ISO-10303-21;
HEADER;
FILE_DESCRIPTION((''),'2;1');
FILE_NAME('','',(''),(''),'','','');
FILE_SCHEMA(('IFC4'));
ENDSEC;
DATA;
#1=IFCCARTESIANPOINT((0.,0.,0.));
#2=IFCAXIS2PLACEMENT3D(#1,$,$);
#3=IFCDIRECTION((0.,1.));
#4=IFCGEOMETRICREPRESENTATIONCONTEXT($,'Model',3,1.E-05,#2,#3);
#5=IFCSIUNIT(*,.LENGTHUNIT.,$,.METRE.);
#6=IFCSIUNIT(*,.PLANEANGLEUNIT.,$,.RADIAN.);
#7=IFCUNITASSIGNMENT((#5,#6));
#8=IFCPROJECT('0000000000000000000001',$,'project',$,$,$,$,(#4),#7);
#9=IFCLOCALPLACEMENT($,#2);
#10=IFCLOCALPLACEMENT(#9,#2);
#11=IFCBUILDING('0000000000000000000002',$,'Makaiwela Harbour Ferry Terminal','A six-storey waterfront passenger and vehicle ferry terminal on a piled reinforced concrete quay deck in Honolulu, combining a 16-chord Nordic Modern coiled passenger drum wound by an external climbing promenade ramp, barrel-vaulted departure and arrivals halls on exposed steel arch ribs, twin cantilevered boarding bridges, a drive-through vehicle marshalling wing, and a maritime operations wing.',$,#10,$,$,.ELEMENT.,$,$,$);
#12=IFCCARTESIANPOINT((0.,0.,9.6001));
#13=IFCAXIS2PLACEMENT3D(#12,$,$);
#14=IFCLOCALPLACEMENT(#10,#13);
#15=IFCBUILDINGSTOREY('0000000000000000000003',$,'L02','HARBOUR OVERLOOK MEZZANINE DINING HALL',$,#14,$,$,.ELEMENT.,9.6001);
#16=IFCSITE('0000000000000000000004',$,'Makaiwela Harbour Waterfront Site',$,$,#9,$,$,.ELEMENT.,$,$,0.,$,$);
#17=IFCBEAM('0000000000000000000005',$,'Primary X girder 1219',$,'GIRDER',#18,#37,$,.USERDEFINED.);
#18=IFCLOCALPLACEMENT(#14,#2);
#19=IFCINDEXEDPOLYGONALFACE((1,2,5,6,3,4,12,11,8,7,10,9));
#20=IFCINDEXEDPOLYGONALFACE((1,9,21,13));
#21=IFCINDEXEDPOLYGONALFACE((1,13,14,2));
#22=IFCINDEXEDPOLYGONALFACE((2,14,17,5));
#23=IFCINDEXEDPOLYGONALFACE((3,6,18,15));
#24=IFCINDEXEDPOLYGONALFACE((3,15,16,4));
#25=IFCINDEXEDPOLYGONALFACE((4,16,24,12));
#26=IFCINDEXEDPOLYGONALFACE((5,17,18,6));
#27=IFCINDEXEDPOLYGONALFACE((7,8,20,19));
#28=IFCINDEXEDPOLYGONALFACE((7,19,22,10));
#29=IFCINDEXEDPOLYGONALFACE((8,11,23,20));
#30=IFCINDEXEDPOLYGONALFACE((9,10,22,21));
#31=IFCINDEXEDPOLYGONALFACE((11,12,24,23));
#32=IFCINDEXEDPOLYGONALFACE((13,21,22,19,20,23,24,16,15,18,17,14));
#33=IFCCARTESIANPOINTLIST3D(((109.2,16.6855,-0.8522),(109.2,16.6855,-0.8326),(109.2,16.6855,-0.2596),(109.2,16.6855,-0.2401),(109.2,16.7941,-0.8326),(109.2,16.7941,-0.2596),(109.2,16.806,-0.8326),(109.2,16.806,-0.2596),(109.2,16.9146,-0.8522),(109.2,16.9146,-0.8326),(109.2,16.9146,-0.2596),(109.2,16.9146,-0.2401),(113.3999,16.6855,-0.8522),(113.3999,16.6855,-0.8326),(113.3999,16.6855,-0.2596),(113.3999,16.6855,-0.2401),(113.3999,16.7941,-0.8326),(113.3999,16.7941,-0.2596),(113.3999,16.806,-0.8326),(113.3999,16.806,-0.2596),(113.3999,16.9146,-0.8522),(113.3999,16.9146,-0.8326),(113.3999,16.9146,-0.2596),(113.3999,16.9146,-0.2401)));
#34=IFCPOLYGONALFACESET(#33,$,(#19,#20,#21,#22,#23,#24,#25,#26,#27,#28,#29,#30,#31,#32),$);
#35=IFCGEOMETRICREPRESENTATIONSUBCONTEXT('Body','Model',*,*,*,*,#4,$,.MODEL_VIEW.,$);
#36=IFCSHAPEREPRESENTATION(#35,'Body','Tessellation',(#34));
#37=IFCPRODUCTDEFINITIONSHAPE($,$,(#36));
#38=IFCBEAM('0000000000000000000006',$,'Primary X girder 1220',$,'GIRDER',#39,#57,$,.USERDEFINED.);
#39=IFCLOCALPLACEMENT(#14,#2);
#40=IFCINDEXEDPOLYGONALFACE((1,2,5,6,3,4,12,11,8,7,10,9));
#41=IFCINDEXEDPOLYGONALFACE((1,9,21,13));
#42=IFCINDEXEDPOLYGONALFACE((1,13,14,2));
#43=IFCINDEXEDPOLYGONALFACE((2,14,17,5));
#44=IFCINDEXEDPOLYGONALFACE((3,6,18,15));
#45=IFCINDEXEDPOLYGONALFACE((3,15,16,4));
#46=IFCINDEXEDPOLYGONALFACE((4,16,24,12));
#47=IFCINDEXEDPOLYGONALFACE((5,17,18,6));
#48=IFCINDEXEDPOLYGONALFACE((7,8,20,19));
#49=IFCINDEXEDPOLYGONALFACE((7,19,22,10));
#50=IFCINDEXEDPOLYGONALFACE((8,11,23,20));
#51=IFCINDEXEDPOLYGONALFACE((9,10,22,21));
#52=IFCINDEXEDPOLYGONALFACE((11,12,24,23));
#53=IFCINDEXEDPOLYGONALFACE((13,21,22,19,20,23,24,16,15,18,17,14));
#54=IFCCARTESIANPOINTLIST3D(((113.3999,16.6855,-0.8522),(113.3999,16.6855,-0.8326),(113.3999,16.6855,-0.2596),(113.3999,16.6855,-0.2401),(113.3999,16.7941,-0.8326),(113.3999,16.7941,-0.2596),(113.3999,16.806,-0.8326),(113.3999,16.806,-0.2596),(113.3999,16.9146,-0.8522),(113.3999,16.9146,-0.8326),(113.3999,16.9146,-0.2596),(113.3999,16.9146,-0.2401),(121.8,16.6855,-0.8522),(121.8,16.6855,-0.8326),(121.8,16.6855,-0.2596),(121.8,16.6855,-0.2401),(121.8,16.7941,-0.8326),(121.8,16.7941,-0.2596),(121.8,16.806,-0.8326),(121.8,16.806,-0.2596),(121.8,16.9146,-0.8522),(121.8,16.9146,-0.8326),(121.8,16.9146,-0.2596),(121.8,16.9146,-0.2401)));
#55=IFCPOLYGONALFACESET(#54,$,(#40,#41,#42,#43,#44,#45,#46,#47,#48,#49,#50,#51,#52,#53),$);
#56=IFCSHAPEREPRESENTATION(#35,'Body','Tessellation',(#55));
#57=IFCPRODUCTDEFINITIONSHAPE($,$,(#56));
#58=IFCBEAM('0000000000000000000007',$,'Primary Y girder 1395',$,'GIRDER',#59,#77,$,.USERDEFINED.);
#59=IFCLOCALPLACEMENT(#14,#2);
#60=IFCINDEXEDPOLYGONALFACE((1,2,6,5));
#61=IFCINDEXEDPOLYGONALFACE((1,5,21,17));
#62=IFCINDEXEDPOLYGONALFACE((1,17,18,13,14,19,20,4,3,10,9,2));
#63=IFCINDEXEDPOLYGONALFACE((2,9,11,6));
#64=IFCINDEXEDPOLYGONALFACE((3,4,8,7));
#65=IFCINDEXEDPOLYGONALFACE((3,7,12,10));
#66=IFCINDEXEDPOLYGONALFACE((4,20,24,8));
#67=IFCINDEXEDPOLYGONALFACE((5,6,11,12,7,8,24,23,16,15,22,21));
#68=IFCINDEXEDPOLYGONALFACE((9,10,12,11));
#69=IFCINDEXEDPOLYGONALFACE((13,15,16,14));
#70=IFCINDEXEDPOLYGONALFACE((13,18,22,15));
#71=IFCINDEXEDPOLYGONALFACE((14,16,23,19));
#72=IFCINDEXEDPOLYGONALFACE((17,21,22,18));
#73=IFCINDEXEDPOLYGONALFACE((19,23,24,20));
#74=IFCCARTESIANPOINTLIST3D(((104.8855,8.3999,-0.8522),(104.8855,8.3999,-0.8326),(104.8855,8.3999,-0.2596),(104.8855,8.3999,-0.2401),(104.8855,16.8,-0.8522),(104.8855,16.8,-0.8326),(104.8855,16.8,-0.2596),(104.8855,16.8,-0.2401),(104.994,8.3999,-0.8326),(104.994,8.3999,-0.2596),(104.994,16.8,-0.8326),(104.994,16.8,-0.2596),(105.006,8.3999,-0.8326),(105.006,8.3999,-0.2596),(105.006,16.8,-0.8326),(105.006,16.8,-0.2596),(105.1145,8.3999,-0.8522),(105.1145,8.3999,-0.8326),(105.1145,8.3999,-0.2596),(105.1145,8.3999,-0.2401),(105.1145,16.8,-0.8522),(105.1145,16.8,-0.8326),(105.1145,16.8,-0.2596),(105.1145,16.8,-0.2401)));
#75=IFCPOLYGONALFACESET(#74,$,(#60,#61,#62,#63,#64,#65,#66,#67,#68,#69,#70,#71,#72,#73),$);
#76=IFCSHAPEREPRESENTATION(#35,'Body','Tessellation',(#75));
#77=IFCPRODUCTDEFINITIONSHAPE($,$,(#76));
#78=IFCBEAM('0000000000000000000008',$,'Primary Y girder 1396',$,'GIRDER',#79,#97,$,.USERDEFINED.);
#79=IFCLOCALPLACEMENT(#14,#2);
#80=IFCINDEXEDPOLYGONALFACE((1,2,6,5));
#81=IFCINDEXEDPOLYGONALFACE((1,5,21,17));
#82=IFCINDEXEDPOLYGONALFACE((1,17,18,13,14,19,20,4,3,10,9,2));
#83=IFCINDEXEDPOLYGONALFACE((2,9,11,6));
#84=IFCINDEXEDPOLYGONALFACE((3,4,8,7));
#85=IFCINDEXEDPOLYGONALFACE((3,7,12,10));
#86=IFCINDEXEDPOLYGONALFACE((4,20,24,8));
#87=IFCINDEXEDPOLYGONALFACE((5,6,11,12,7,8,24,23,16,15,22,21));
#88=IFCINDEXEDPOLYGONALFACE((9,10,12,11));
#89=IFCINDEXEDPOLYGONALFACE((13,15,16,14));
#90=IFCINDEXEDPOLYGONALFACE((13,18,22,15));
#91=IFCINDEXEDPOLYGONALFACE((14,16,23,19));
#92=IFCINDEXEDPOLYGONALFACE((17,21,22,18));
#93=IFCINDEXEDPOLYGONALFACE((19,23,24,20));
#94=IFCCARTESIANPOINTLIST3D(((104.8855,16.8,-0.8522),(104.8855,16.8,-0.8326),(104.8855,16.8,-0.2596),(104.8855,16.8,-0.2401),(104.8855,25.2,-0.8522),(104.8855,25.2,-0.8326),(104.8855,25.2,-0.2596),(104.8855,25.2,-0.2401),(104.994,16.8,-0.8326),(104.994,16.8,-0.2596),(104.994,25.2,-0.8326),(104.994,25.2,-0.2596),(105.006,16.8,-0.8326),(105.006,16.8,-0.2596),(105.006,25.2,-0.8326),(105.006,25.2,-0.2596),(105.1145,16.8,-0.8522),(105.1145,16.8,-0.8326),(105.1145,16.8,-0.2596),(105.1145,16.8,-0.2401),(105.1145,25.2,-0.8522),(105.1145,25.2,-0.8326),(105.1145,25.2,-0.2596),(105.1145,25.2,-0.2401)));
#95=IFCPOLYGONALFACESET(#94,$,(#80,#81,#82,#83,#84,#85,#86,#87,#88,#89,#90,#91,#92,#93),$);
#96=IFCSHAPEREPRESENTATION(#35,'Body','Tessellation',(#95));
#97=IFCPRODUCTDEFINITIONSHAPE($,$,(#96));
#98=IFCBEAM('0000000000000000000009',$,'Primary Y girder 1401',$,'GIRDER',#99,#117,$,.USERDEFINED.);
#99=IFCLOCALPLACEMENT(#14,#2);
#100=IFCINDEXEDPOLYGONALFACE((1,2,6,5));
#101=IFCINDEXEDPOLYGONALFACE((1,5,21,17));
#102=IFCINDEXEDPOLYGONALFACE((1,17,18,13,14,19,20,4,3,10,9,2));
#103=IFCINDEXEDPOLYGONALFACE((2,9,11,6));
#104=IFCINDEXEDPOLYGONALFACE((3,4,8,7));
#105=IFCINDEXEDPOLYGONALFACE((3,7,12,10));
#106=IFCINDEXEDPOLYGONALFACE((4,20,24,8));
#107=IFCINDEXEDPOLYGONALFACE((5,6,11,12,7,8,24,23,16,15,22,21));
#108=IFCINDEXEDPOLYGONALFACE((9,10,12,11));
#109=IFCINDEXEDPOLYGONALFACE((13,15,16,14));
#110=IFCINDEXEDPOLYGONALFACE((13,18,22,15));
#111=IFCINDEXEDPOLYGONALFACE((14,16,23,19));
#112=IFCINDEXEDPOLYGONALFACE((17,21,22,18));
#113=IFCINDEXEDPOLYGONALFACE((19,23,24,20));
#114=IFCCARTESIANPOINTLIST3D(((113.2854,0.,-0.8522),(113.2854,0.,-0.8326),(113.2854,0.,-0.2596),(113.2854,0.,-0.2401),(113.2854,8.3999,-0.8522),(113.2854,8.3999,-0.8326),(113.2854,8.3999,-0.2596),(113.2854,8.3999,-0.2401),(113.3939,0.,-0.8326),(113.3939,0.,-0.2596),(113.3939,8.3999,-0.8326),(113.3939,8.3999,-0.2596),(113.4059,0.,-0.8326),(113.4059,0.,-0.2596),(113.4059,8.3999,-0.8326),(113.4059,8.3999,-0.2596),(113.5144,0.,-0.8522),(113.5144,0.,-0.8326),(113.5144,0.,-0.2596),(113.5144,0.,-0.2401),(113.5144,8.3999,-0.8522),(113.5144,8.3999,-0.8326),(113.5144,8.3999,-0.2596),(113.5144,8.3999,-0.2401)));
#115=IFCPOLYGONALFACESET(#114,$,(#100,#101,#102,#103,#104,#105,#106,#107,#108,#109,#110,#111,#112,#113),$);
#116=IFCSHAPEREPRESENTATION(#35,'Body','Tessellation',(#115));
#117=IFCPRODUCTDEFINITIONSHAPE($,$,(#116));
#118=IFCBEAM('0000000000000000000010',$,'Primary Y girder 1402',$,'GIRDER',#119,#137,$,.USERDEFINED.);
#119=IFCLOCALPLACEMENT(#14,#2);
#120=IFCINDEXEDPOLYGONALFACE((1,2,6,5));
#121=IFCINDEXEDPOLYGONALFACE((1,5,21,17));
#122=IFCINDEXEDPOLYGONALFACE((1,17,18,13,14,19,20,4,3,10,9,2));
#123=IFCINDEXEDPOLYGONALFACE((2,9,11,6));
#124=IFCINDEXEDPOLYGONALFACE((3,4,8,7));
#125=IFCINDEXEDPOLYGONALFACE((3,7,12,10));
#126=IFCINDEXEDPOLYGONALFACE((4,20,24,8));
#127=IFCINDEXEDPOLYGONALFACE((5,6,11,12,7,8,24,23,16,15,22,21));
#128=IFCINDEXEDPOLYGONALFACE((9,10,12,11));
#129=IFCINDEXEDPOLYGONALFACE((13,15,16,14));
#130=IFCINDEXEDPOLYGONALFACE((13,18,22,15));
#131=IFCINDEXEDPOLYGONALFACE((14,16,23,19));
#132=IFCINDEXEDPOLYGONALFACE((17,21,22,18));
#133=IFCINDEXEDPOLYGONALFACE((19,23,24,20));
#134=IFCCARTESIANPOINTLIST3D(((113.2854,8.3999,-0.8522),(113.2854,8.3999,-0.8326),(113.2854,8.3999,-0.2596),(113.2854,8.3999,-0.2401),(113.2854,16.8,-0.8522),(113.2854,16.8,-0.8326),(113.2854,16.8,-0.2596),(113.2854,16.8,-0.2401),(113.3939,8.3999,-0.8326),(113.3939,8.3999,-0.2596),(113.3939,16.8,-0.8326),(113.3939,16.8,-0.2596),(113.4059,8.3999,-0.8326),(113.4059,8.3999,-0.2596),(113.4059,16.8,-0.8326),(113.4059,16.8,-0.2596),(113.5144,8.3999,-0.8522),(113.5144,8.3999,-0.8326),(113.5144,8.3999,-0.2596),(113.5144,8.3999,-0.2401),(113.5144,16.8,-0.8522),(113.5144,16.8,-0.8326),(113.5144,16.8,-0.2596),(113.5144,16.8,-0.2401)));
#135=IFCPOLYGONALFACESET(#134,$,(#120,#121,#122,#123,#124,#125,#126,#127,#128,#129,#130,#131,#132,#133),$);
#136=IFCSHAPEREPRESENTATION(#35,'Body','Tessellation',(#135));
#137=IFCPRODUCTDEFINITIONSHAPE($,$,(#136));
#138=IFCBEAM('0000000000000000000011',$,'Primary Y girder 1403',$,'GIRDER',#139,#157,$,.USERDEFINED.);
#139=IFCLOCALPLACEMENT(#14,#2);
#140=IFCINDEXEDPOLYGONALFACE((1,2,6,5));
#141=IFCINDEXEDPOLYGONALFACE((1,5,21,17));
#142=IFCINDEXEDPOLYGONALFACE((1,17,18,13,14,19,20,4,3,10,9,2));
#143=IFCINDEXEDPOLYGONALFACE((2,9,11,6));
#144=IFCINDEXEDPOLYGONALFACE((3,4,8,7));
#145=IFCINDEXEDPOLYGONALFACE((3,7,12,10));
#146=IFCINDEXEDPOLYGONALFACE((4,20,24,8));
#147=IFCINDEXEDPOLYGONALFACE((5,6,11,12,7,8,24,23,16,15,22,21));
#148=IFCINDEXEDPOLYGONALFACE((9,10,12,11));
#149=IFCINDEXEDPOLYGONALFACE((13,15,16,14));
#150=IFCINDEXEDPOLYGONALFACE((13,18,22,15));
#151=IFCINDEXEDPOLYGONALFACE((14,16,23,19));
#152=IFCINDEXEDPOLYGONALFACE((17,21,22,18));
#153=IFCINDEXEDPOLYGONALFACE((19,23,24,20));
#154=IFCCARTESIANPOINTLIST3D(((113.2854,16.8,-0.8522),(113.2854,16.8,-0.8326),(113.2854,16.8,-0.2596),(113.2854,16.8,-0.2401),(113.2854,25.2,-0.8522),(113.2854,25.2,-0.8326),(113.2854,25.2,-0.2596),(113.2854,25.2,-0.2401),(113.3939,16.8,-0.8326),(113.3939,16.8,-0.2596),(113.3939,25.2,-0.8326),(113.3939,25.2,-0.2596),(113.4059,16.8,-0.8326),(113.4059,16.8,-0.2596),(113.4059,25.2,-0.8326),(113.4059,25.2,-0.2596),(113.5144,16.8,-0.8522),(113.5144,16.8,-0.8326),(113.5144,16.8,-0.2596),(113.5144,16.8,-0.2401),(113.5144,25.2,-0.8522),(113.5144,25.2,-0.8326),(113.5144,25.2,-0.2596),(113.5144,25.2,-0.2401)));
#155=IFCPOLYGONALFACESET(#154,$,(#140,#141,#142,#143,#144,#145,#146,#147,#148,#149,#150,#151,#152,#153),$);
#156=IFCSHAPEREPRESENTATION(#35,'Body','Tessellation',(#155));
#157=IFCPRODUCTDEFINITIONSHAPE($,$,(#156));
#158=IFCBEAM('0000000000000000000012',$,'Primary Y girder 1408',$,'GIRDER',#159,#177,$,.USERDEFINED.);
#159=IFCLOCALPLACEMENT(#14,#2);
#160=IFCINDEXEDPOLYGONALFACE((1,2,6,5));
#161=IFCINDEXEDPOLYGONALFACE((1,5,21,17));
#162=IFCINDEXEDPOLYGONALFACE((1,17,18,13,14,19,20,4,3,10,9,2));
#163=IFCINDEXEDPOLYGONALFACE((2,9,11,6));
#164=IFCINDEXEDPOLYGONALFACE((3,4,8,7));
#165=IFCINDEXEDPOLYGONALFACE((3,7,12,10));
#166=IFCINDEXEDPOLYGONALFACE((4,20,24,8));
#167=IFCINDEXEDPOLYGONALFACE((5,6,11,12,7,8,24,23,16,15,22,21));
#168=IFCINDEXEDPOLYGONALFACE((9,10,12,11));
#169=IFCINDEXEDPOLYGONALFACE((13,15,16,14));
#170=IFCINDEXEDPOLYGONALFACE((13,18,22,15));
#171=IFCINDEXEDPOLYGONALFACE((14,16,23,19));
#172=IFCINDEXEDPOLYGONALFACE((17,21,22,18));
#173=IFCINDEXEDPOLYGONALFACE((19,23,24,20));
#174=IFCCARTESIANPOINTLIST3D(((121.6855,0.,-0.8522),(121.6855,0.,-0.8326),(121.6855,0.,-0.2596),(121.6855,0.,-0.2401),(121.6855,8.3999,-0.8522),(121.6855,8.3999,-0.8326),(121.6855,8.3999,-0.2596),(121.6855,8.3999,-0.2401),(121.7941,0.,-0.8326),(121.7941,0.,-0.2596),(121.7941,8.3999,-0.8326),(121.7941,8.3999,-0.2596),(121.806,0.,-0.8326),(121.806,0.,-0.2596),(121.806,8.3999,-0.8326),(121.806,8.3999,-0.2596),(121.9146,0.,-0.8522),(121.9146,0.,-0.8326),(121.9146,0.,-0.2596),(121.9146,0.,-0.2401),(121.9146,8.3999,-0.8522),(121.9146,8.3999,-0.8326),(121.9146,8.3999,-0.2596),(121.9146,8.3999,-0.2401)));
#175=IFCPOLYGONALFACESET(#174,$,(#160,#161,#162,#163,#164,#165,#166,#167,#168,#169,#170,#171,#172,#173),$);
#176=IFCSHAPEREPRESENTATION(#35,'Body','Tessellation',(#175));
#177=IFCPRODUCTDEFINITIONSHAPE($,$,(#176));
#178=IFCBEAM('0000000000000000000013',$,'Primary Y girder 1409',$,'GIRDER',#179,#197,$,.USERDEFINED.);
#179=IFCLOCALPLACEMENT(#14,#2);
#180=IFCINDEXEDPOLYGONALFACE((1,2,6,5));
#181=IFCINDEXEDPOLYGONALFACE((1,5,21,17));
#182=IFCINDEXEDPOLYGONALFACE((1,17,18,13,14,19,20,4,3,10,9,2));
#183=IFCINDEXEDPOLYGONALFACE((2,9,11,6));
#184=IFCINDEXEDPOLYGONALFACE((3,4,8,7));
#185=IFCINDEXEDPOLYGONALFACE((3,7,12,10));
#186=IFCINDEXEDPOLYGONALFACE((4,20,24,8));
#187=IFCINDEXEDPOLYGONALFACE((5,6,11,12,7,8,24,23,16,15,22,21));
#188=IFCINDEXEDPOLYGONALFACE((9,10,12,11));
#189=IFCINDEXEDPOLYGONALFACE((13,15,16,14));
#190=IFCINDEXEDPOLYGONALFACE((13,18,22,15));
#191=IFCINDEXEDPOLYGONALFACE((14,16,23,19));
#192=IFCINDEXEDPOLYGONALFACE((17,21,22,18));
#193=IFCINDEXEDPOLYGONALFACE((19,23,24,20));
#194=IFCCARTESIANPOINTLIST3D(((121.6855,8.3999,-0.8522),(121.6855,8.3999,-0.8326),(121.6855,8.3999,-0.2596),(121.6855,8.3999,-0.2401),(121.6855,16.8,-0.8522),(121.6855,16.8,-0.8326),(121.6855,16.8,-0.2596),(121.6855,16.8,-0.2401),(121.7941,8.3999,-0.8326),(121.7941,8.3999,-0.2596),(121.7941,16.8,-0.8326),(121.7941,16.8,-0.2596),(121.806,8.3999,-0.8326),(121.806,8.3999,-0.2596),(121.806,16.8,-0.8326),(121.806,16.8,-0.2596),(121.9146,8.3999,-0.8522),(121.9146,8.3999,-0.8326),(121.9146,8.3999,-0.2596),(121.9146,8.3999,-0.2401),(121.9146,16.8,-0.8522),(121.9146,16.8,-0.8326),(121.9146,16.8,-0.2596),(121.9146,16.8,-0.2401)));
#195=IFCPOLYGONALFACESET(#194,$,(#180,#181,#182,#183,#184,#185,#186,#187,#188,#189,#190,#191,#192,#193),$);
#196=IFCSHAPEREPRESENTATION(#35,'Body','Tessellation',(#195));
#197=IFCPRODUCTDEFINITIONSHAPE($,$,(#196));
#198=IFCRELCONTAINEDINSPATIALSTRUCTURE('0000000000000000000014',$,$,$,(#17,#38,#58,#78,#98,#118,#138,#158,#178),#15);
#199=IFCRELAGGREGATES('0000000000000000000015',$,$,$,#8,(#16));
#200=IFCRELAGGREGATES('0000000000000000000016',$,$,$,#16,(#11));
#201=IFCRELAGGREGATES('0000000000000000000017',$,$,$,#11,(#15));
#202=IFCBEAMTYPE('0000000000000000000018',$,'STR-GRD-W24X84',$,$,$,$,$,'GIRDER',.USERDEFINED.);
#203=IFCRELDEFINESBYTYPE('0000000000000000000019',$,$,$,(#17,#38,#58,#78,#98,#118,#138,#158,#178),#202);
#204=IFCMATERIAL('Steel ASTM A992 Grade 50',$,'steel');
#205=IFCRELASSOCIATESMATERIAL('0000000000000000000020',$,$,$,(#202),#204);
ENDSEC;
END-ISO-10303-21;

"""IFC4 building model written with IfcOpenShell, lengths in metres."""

from ifc_helpers import new_model, si_unit, direction, frame, origin, origin_2d, place, context, subcontext, project, spatial, i_section, extrude, material, material_profile, profile_set, type_object, element, save


model = new_model("IFC4")

# Units and contexts
model_context = context("Model", 3, precision=1e-05, world=origin(), true_north=direction((0.0, 1.0)))
body_context = subcontext(model_context, "Body", "Model", "MODEL_VIEW")
ifc_project = project(units=[si_unit("LENGTHUNIT", "METRE"), si_unit("PLANEANGLEUNIT", "RADIAN")], contexts=[model_context])

# Site, building, storey
site_placement = place(None, origin())
site = spatial("IfcSite", under=ifc_project, at=site_placement, Name="Makaiwela Harbour Waterfront Site", CompositionType="ELEMENT", RefElevation=0.0)
building_placement = place(site_placement, origin())
building = spatial("IfcBuilding", under=site, at=building_placement, Name="Makaiwela Harbour Ferry Terminal", Description="A six-storey waterfront passenger and vehicle ferry terminal on a piled reinforced concrete quay deck in Honolulu, combining a 16-chord Nordic Modern coiled passenger drum wound by an external climbing promenade ramp, barrel-vaulted departure and arrivals halls on exposed steel arch ribs, twin cantilevered boarding bridges, a drive-through vehicle marshalling wing, and a maritime operations wing.", CompositionType="ELEMENT")
storey_placement = place(building_placement, frame((0.0, 0.0, 9.6001)))
storey = spatial("IfcBuildingStorey", under=building, at=storey_placement, Name="L02", Description="HARBOUR OVERLOOK MEZZANINE DINING HALL", CompositionType="ELEMENT", Elevation=9.6001)

# Beams
ifc_material = material(Name="Steel ASTM A992 Grade 50", Category="steel")
ifc_material_profile_1 = material_profile(ifc_material, i_section(OverallWidth=0.229, OverallDepth=0.6121, WebThickness=0.012, FlangeThickness=0.0195, at=origin_2d()), Name="W24X84")
ifc_profile_set_1 = profile_set([ifc_material_profile_1], Name="Steel ASTM A992 Grade 50")
beam_type_1 = type_object("IfcBeamType", Name="STR-GRD-W24X84", ElementType="GIRDER", PredefinedType="USERDEFINED", material=ifc_profile_set_1)
for number, where, z_axis, x_axis, name in (
    (1, (109.2, 16.8, -0.5461), (1.0, 0.0, 0.0), (0.0, 1.0, 0.0), "Primary X girder 1219"),
):
    element("IfcBeam", number, at=place(storey_placement, frame(where, z_axis=z_axis, x_axis=x_axis)), inside=storey, type_object=beam_type_1, Name=name, ObjectType="GIRDER", PredefinedType="USERDEFINED", context=body_context, shape_type="SweptSolid", body=[
        extrude(i_section(OverallWidth=0.229, OverallDepth=0.6121, WebThickness=0.012, FlangeThickness=0.0195, at=origin_2d()), origin(), (0.0, 0.0, 1.0), 4.2),
    ])
for number, where, z_axis, x_axis, name in (
    (2, (113.3999, 16.8, -0.5461), (1.0, 0.0, 0.0), (0.0, 1.0, 0.0), "Primary X girder 1220"),
    (3, (105.0, 8.3999, -0.5461), (0.0, 1.0, 0.0), (-1.0, 0.0, 0.0), "Primary Y girder 1395"),
):
    element("IfcBeam", number, at=place(storey_placement, frame(where, z_axis=z_axis, x_axis=x_axis)), inside=storey, type_object=beam_type_1, Name=name, ObjectType="GIRDER", PredefinedType="USERDEFINED", context=body_context, shape_type="SweptSolid", body=[
        extrude(i_section(OverallWidth=0.229, OverallDepth=0.6121, WebThickness=0.012, FlangeThickness=0.0195, at=origin_2d()), origin(), (0.0, 0.0, 1.0), 8.4001),
    ])
for number, where, z_axis, x_axis, name in (
    (4, (105.0, 16.8, -0.5461), (0.0, 1.0, 0.0), (-1.0, 0.0, 0.0), "Primary Y girder 1396"),
    (5, (113.3999, 0.0, -0.5461), (0.0, 1.0, 0.0), (-1.0, 0.0, 0.0), "Primary Y girder 1401"),
):
    element("IfcBeam", number, at=place(storey_placement, frame(where, z_axis=z_axis, x_axis=x_axis)), inside=storey, type_object=beam_type_1, Name=name, ObjectType="GIRDER", PredefinedType="USERDEFINED", context=body_context, shape_type="SweptSolid", body=[
        extrude(i_section(OverallWidth=0.229, OverallDepth=0.6121, WebThickness=0.012, FlangeThickness=0.0195, at=origin_2d()), origin(), (0.0, 0.0, 1.0), 8.3999),
    ])
beam_1_placement = place(storey_placement, frame((113.3999, 8.3999, -0.5461), z_axis=(0.0, 1.0, 0.0), x_axis=(-1.0, 0.0, 0.0)))
element("IfcBeam", 6, at=beam_1_placement, inside=storey, type_object=beam_type_1, Name="Primary Y girder 1402", ObjectType="GIRDER", PredefinedType="USERDEFINED", context=body_context, shape_type="SweptSolid", body=[
    extrude(i_section(OverallWidth=0.229, OverallDepth=0.6121, WebThickness=0.012, FlangeThickness=0.0195, at=origin_2d()), origin(), (0.0, 0.0, 1.0), 8.4001),
])
for number, where, z_axis, x_axis, name in (
    (7, (113.3999, 16.8, -0.5461), (0.0, 1.0, 0.0), (-1.0, 0.0, 0.0), "Primary Y girder 1403"),
    (8, (121.8, 0.0, -0.5461), (0.0, 1.0, 0.0), (-1.0, 0.0, 0.0), "Primary Y girder 1408"),
):
    element("IfcBeam", number, at=place(storey_placement, frame(where, z_axis=z_axis, x_axis=x_axis)), inside=storey, type_object=beam_type_1, Name=name, ObjectType="GIRDER", PredefinedType="USERDEFINED", context=body_context, shape_type="SweptSolid", body=[
        extrude(i_section(OverallWidth=0.229, OverallDepth=0.6121, WebThickness=0.012, FlangeThickness=0.0195, at=origin_2d()), origin(), (0.0, 0.0, 1.0), 8.3999),
    ])
beam_2_placement = place(storey_placement, frame((121.8, 8.3999, -0.5461), z_axis=(0.0, 1.0, 0.0), x_axis=(-1.0, 0.0, 0.0)))
element("IfcBeam", 9, at=beam_2_placement, inside=storey, type_object=beam_type_1, Name="Primary Y girder 1409", ObjectType="GIRDER", PredefinedType="USERDEFINED", context=body_context, shape_type="SweptSolid", body=[
    extrude(i_section(OverallWidth=0.229, OverallDepth=0.6121, WebThickness=0.012, FlangeThickness=0.0195, at=origin_2d()), origin(), (0.0, 0.0, 1.0), 8.4001),
])

save(model, "model.ifc")
